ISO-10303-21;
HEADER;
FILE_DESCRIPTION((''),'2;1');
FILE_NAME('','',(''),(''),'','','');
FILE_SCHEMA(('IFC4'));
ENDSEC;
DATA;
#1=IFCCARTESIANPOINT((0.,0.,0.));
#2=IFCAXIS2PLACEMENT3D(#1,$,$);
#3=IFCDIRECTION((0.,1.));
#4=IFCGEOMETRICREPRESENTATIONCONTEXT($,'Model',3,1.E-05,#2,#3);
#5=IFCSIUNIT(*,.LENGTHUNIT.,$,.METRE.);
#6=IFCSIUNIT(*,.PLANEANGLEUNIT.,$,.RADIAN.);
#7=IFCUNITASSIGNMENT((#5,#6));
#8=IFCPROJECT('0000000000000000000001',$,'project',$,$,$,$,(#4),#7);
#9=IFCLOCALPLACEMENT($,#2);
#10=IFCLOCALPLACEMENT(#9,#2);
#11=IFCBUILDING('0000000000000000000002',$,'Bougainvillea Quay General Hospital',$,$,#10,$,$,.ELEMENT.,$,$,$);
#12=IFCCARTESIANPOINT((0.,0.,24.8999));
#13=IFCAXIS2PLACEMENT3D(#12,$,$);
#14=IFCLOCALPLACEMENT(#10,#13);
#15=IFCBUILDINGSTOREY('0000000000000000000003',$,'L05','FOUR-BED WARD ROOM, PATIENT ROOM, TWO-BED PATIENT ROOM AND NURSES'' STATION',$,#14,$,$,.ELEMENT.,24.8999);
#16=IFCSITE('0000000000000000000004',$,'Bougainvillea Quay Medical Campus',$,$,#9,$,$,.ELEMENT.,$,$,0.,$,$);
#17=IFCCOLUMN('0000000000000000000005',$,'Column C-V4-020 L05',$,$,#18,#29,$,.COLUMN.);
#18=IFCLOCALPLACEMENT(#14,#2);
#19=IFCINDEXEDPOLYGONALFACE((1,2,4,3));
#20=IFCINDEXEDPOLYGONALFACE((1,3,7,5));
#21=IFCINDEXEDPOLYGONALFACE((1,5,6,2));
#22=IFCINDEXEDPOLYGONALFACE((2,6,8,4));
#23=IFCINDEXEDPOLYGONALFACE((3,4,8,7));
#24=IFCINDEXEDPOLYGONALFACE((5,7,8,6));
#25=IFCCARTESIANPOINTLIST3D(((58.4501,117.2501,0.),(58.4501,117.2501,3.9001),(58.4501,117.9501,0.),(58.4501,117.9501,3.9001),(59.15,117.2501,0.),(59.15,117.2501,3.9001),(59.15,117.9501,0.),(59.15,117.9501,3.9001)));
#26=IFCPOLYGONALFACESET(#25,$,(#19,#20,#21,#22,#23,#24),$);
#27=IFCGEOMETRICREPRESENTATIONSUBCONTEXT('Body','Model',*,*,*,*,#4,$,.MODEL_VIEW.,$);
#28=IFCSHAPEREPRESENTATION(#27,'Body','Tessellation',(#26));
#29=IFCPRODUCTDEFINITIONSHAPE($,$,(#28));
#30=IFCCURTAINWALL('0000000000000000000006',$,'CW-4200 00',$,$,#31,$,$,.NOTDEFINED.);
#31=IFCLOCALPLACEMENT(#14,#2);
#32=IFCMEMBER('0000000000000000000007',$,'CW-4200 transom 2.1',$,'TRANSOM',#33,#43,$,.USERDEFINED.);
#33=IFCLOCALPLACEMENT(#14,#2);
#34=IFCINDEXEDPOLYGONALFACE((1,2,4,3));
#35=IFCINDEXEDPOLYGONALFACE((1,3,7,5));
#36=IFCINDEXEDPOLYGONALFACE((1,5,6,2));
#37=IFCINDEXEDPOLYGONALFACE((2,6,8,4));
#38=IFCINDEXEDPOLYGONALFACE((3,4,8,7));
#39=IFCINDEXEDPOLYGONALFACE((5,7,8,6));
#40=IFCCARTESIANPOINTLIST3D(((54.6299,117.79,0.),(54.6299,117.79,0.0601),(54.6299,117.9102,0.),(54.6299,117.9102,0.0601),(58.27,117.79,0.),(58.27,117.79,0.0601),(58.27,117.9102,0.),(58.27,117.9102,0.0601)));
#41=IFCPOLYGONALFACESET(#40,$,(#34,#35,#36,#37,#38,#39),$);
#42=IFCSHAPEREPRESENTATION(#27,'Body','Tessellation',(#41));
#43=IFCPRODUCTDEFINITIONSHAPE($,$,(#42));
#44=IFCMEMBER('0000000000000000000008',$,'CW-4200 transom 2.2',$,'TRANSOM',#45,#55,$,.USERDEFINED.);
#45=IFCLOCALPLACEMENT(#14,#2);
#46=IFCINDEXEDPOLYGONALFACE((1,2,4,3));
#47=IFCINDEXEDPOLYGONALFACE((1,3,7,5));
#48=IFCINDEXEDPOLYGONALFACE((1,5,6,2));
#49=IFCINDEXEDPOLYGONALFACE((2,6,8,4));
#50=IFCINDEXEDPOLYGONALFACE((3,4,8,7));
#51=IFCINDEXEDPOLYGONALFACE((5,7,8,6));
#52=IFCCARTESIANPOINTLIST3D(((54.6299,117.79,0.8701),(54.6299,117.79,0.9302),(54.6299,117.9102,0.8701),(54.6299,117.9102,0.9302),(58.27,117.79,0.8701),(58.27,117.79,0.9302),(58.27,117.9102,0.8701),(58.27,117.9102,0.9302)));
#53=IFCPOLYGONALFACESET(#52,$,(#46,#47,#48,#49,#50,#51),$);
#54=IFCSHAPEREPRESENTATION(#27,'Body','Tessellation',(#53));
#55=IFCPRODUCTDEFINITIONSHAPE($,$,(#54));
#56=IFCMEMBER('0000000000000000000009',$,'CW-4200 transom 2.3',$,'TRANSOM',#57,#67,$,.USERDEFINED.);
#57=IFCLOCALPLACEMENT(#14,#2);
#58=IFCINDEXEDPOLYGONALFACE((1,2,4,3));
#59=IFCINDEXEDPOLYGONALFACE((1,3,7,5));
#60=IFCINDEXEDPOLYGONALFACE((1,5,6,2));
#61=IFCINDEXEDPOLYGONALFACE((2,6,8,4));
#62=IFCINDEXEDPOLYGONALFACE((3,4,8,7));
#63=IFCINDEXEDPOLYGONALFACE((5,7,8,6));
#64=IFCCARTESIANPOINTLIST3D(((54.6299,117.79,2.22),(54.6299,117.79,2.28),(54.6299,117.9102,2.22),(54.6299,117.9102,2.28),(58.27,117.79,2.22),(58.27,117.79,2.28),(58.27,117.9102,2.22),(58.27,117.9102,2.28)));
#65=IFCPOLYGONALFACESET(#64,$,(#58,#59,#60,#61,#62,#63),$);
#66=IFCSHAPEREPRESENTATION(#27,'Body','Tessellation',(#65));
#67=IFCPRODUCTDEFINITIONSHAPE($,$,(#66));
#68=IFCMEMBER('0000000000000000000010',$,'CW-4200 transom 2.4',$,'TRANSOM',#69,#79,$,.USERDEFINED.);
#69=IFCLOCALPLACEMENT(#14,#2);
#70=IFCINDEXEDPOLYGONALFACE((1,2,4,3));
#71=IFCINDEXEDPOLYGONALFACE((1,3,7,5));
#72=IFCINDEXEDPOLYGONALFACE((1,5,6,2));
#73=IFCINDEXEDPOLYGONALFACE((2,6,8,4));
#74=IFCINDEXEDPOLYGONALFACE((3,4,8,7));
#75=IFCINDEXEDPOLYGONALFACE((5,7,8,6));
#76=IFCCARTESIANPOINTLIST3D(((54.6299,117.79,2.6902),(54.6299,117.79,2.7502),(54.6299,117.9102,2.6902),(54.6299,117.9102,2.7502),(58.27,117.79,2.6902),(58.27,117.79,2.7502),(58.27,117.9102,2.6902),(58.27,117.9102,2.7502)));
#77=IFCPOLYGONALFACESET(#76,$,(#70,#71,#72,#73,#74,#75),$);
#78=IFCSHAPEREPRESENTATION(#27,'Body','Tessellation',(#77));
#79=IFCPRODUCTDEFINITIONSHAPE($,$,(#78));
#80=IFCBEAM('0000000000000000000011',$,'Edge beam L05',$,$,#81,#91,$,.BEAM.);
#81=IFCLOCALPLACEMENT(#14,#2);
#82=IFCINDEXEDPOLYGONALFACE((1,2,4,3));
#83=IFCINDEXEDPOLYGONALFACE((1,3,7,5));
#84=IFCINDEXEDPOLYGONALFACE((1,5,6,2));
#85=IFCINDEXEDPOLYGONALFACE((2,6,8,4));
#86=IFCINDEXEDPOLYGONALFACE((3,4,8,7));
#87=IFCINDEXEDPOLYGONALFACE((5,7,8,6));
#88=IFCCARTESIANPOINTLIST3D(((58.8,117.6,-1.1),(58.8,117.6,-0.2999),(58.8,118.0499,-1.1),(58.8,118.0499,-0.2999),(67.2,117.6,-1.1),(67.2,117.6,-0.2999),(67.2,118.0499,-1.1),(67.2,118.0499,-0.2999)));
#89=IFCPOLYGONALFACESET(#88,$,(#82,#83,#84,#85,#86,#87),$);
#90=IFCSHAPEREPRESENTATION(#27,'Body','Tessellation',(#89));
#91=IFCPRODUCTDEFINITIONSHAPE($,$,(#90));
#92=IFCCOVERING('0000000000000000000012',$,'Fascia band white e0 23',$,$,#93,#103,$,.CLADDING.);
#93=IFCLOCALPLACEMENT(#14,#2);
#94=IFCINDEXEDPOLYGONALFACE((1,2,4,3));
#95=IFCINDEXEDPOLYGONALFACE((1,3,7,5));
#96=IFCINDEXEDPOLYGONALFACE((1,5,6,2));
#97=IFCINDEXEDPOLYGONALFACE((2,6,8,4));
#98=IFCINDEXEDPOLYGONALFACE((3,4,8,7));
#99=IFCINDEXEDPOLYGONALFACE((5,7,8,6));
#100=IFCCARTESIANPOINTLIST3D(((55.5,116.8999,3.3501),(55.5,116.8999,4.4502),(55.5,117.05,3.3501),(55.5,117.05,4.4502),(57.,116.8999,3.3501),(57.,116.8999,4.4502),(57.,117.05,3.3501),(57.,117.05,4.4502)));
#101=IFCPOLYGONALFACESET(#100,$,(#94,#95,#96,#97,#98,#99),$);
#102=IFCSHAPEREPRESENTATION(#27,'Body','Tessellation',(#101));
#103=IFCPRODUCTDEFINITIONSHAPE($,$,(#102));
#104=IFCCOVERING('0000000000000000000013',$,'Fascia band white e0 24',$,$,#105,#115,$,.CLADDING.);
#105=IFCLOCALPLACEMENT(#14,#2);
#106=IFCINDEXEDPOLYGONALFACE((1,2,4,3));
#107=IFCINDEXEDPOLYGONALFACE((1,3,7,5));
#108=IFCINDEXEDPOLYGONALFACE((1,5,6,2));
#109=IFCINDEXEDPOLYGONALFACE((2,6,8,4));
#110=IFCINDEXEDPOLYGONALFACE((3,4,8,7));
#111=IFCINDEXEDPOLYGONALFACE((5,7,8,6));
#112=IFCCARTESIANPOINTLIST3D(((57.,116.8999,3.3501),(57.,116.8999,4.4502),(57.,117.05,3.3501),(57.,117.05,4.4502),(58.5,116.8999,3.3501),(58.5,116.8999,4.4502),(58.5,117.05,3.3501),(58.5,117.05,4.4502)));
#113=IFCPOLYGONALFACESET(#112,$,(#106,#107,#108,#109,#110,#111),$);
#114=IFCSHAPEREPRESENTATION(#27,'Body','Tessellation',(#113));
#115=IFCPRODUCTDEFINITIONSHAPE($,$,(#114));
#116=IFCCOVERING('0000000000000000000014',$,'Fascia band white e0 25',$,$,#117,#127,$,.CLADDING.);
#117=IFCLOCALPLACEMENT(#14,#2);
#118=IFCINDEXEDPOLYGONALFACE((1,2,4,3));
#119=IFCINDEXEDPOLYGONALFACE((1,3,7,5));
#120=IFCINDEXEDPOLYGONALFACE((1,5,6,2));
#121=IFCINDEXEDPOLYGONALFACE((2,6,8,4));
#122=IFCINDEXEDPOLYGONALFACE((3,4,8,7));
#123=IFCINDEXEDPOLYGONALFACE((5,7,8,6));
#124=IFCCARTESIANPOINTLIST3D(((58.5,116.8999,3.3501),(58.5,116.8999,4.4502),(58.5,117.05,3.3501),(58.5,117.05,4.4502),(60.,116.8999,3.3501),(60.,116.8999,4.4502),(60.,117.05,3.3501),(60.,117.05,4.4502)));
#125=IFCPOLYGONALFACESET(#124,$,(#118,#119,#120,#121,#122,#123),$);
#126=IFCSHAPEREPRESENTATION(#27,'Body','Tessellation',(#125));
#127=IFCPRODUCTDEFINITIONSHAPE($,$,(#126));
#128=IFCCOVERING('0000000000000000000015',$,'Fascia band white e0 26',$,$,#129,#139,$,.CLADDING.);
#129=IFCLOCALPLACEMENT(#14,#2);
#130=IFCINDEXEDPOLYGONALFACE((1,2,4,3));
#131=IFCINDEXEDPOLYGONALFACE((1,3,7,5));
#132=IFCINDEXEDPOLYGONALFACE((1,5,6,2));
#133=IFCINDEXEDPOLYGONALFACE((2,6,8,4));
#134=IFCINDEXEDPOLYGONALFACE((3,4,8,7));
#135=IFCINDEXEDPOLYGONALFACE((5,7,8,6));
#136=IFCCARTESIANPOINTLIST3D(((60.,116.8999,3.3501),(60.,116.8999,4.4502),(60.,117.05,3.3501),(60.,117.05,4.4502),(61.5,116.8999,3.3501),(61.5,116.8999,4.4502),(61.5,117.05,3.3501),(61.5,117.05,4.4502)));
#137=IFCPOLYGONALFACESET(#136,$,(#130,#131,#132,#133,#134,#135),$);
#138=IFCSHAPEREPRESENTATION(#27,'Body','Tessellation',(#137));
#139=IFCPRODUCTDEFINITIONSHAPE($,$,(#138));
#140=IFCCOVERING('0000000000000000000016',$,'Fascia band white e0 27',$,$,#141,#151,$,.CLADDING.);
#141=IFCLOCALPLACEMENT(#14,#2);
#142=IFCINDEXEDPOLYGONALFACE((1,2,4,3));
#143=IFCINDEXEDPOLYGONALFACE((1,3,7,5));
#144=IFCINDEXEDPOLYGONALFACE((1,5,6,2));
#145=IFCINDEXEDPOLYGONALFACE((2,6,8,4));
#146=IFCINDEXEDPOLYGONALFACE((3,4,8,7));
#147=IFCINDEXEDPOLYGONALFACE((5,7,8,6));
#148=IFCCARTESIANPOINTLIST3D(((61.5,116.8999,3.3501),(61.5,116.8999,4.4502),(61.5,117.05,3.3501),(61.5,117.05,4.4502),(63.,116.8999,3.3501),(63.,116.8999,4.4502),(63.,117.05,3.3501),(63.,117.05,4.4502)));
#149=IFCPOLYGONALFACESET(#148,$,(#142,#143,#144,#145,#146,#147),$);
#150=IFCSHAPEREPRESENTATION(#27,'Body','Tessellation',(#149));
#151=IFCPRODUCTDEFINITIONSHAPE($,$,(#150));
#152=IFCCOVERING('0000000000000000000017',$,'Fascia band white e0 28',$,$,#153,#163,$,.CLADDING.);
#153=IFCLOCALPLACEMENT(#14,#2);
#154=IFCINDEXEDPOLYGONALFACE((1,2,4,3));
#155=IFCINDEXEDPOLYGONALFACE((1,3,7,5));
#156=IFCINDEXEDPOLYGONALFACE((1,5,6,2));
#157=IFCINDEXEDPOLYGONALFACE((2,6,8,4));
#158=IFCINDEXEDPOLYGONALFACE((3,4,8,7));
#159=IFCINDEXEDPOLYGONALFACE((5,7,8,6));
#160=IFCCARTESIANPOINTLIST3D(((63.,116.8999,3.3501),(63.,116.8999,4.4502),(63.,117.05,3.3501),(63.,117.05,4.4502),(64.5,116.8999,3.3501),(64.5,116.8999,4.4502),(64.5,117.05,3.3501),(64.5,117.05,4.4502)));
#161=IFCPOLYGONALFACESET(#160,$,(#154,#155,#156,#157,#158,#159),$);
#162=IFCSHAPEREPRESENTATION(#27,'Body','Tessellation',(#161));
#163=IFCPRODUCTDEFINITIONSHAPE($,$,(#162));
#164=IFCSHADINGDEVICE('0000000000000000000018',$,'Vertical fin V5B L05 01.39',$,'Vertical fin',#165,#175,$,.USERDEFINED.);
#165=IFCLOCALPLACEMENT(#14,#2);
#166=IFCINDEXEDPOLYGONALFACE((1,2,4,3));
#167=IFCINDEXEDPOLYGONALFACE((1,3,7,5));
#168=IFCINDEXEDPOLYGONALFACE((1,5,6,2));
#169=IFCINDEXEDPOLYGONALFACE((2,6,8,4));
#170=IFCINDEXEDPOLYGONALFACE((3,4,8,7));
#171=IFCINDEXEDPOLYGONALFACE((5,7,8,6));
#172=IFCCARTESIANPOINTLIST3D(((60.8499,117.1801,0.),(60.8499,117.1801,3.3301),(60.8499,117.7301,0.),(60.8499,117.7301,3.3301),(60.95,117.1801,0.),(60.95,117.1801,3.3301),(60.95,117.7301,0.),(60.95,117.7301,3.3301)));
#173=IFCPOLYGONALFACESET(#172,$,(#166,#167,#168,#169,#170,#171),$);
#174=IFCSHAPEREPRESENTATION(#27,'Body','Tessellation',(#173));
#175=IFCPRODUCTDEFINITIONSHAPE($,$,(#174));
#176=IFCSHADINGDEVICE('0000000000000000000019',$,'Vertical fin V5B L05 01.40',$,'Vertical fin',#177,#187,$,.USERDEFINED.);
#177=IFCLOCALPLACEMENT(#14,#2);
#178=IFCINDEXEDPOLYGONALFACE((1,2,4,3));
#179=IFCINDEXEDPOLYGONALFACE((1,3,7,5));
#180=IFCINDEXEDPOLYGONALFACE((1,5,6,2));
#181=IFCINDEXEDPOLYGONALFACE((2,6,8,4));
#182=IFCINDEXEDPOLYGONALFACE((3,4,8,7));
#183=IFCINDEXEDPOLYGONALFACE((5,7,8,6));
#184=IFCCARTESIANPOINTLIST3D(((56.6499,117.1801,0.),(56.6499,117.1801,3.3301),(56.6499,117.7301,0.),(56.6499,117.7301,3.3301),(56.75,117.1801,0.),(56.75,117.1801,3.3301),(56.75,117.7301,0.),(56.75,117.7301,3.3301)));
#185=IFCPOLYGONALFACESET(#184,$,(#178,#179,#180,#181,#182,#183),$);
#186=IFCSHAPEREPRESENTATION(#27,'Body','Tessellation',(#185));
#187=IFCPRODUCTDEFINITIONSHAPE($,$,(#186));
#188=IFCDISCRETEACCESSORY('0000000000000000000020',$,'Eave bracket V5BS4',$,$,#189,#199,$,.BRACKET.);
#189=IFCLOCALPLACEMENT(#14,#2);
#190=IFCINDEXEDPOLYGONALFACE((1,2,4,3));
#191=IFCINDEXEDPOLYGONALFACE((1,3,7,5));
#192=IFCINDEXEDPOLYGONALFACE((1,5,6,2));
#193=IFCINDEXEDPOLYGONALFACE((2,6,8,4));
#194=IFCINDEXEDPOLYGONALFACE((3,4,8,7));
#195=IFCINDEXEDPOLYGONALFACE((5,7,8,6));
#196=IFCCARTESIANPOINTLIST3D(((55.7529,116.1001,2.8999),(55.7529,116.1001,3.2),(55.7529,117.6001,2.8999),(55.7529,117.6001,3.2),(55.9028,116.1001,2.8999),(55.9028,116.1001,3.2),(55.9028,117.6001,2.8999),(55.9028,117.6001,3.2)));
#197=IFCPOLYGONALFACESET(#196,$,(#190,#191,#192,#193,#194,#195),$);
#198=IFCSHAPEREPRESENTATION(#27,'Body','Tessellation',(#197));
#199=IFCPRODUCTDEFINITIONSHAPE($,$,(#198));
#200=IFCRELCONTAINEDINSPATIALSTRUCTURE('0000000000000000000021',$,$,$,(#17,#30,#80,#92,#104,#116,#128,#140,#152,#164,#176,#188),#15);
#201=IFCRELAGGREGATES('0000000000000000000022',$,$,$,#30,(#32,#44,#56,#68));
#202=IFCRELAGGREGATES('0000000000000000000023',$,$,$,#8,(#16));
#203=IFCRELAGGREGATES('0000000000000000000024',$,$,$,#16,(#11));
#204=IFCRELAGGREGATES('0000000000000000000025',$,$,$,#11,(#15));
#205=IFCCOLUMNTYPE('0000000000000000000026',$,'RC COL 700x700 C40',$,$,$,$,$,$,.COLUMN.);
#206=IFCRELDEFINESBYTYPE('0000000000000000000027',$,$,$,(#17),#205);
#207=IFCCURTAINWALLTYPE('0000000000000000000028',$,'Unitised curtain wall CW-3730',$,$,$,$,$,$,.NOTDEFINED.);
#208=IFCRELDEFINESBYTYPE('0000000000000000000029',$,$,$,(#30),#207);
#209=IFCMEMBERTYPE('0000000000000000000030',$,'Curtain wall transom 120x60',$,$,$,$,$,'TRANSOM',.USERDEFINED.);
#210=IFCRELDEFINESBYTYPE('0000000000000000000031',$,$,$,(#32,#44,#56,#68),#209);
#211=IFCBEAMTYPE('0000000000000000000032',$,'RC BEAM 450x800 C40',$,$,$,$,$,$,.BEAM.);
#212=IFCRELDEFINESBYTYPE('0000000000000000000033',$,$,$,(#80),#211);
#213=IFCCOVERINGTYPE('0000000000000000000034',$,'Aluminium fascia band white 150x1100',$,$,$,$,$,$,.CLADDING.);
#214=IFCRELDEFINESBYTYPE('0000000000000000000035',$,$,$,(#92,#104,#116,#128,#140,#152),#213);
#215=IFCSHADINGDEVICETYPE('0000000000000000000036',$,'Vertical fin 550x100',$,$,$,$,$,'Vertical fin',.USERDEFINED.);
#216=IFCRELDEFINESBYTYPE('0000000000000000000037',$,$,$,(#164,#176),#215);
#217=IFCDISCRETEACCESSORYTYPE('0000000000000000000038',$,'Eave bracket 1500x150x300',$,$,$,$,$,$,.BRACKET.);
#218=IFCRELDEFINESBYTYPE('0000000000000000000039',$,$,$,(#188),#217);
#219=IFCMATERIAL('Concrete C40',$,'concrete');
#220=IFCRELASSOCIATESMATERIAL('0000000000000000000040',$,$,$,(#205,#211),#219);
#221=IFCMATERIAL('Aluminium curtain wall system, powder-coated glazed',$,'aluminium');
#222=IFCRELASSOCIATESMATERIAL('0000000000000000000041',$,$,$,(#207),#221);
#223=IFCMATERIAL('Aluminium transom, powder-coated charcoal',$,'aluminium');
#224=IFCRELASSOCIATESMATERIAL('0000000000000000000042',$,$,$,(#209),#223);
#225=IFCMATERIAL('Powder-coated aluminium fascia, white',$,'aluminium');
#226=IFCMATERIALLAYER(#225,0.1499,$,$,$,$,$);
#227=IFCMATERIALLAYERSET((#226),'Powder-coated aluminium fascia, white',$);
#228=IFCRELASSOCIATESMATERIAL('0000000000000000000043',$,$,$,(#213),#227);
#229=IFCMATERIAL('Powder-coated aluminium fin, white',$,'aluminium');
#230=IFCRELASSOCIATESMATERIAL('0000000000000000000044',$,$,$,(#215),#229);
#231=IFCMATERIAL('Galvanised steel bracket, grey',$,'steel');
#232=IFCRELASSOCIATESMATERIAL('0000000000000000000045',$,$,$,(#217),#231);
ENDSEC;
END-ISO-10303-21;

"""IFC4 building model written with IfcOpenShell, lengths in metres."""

from ifc_helpers import new_model, si_unit, direction, frame, origin, origin_2d, place, context, subcontext, project, spatial, polyline, rectangle, outline, extrude, material, layer, layer_set, material_profile, profile_set, type_object, element, aggregate, save


model = new_model("IFC4")

# Units and contexts
model_context = context("Model", 3, precision=1e-05, world=origin(), true_north=direction((0.0, 1.0)))
body_context = subcontext(model_context, "Body", "Model", "MODEL_VIEW")
ifc_project = project(units=[si_unit("LENGTHUNIT", "METRE"), si_unit("PLANEANGLEUNIT", "RADIAN")], contexts=[model_context])

# Site, building, storey
site_placement = place(None, origin())
site = spatial("IfcSite", under=ifc_project, at=site_placement, Name="Bougainvillea Quay Medical Campus", CompositionType="ELEMENT", RefElevation=0.0)
building_placement = place(site_placement, origin())
building = spatial("IfcBuilding", under=site, at=building_placement, Name="Bougainvillea Quay General Hospital", CompositionType="ELEMENT")
storey_placement = place(building_placement, frame((0.0, 0.0, 24.8999)))
storey = spatial("IfcBuildingStorey", under=building, at=storey_placement, Name="L05", Description="FOUR-BED WARD ROOM, PATIENT ROOM, TWO-BED PATIENT ROOM AND NURSES' STATION", CompositionType="ELEMENT", Elevation=24.8999)

# Column
ifc_material_1 = material(Name="Concrete C40", Category="concrete")
ifc_material_profile_1 = material_profile(ifc_material_1, rectangle(XDim=0.7, YDim=0.7, at=origin_2d()))
ifc_profile_set_1 = profile_set([ifc_material_profile_1], Name="Concrete C40")
column_type = type_object("IfcColumnType", Name="RC COL 700x700 C40", PredefinedType="COLUMN", material=ifc_profile_set_1)
column_placement = place(storey_placement, frame((58.8, 117.6001, 0.0), z_axis=(0.0, 0.0, 1.0), x_axis=(1.0, 0.0, 0.0)))
element("IfcColumn", 1, at=column_placement, inside=storey, type_object=column_type, Name="Column C-V4-020 L05", PredefinedType="COLUMN", context=body_context, shape_type="SweptSolid", body=[
    extrude(rectangle(XDim=0.7, YDim=0.7, at=origin_2d()), origin(), (0.0, 0.0, 1.0), 3.9001),
])

# Curtain wall, members
ifc_material_2 = material(Name="Aluminium curtain wall system, powder-coated glazed", Category="aluminium")
curtain_wall_type = type_object("IfcCurtainWallType", Name="Unitised curtain wall CW-3730", PredefinedType="NOTDEFINED", material=ifc_material_2)
curtain_wall_placement = place(storey_placement, origin())
curtain_wall = element("IfcCurtainWall", 2, at=curtain_wall_placement, inside=storey, type_object=curtain_wall_type, Name="CW-4200 00", PredefinedType="NOTDEFINED")
ifc_material_3 = material(Name="Aluminium transom, powder-coated charcoal", Category="aluminium")
ifc_material_profile_2 = material_profile(ifc_material_3, rectangle(XDim=0.1201, YDim=0.0601, at=origin_2d()))
ifc_profile_set_2 = profile_set([ifc_material_profile_2], Name="Aluminium transom, powder-coated charcoal")
member_type = type_object("IfcMemberType", Name="Curtain wall transom 120x60", ElementType="TRANSOM", PredefinedType="USERDEFINED", material=ifc_profile_set_2)
member_1_placement = place(storey_placement, frame((54.6299, 117.8501, 0.03), z_axis=(1.0, 0.0, 0.0), x_axis=(0.0, 1.0, 0.0)))
member_1 = element("IfcMember", 3, at=member_1_placement, type_object=member_type, Name="CW-4200 transom 2.1", ObjectType="TRANSOM", PredefinedType="USERDEFINED", context=body_context, shape_type="SweptSolid", body=[
    extrude(rectangle(XDim=0.1201, YDim=0.0601, at=origin_2d()), origin(), (0.0, 0.0, 1.0), 3.6401),
])
member_2_placement = place(storey_placement, frame((54.6299, 117.8501, 0.9001), z_axis=(1.0, 0.0, 0.0), x_axis=(0.0, 1.0, 0.0)))
member_2 = element("IfcMember", 4, at=member_2_placement, type_object=member_type, Name="CW-4200 transom 2.2", ObjectType="TRANSOM", PredefinedType="USERDEFINED", context=body_context, shape_type="SweptSolid", body=[
    extrude(rectangle(XDim=0.1201, YDim=0.0601, at=origin_2d()), origin(), (0.0, 0.0, 1.0), 3.6401),
])
member_3_placement = place(storey_placement, frame((54.6299, 117.8501, 2.25), z_axis=(1.0, 0.0, 0.0), x_axis=(0.0, 1.0, 0.0)))
member_3 = element("IfcMember", 5, at=member_3_placement, type_object=member_type, Name="CW-4200 transom 2.3", ObjectType="TRANSOM", PredefinedType="USERDEFINED", context=body_context, shape_type="SweptSolid", body=[
    extrude(rectangle(XDim=0.1201, YDim=0.0601, at=origin_2d()), origin(), (0.0, 0.0, 1.0), 3.6401),
])
member_4_placement = place(storey_placement, frame((54.6299, 117.8501, 2.7202), z_axis=(1.0, 0.0, 0.0), x_axis=(0.0, 1.0, 0.0)))
member_4 = element("IfcMember", 6, at=member_4_placement, type_object=member_type, Name="CW-4200 transom 2.4", ObjectType="TRANSOM", PredefinedType="USERDEFINED", context=body_context, shape_type="SweptSolid", body=[
    extrude(rectangle(XDim=0.1201, YDim=0.0601, at=origin_2d()), origin(), (0.0, 0.0, 1.0), 3.6401),
])
aggregate(curtain_wall, [member_1, member_2, member_3, member_4])

# Beam
ifc_material_profile_3 = material_profile(ifc_material_1, rectangle(XDim=0.45, YDim=0.8, at=origin_2d()))
ifc_profile_set_3 = profile_set([ifc_material_profile_3], Name="Concrete C40")
beam_type = type_object("IfcBeamType", Name="RC BEAM 450x800 C40", PredefinedType="BEAM", material=ifc_profile_set_3)
beam_placement = place(storey_placement, frame((58.8, 117.825, -0.7), z_axis=(1.0, 0.0, 0.0), x_axis=(0.0, 1.0, 0.0)))
element("IfcBeam", 7, at=beam_placement, inside=storey, type_object=beam_type, Name="Edge beam L05", PredefinedType="BEAM", context=body_context, shape_type="SweptSolid", body=[
    extrude(rectangle(XDim=0.45, YDim=0.8, at=origin_2d()), origin(), (0.0, 0.0, 1.0), 8.3999),
])

# Coverings
ifc_material_4 = material(Name="Powder-coated aluminium fascia, white", Category="aluminium")
ifc_layer = layer(ifc_material_4, 0.1499)
ifc_layer_set = layer_set([ifc_layer], Name="Powder-coated aluminium fascia, white")
covering_type = type_object("IfcCoveringType", Name="Aluminium fascia band white 150x1100", PredefinedType="CLADDING", material=ifc_layer_set)
for number, where, z_axis, x_axis, name in (
    (8, (55.5, 117.05, 3.3501), (0.0, 0.0, 1.0), (1.0, 0.0, 0.0), "Fascia band white e0 23"),
    (9, (57.0, 117.05, 3.3501), (0.0, 0.0, 1.0), (1.0, 0.0, 0.0), "Fascia band white e0 24"),
    (10, (58.5, 117.05, 3.3501), (0.0, 0.0, 1.0), (1.0, 0.0, 0.0), "Fascia band white e0 25"),
    (11, (60.0, 117.05, 3.3501), (0.0, 0.0, 1.0), (1.0, 0.0, 0.0), "Fascia band white e0 26"),
    (12, (61.5, 117.05, 3.3501), (0.0, 0.0, 1.0), (1.0, 0.0, 0.0), "Fascia band white e0 27"),
    (13, (63.0, 117.05, 3.3501), (0.0, 0.0, 1.0), (1.0, 0.0, 0.0), "Fascia band white e0 28"),
):
    element("IfcCovering", number, at=place(storey_placement, frame(where, z_axis=z_axis, x_axis=x_axis)), inside=storey, type_object=covering_type, Name=name, PredefinedType="CLADDING", context=body_context, shape_type="SweptSolid", body=[
        extrude(outline(polyline([(0.0, 0.0), (1.5, 0.0), (1.5, -0.1501), (0.0, -0.1501), (0.0, 0.0)])), origin(), (0.0, 0.0, 1.0), 1.1001),
    ])

# Shading devices
ifc_material_5 = material(Name="Powder-coated aluminium fin, white", Category="aluminium")
ifc_material_profile_4 = material_profile(ifc_material_5, rectangle(XDim=0.55, YDim=0.1001, at=origin_2d()))
ifc_profile_set_4 = profile_set([ifc_material_profile_4], Name="Powder-coated aluminium fin, white")
shading_device_type = type_object("IfcShadingDeviceType", Name="Vertical fin 550x100", ElementType="Vertical fin", PredefinedType="USERDEFINED", material=ifc_profile_set_4)
for number, where, z_axis, x_axis, name in (
    (14, (60.8999, 117.4551, 0.0), (0.0, 0.0, 1.0), (0.0, -1.0, 0.0), "Vertical fin V5B L05 01.39"),
    (15, (56.7, 117.4551, 0.0), (0.0, 0.0, 1.0), (0.0, -1.0, 0.0), "Vertical fin V5B L05 01.40"),
):
    element("IfcShadingDevice", number, at=place(storey_placement, frame(where, z_axis=z_axis, x_axis=x_axis)), inside=storey, type_object=shading_device_type, Name=name, ObjectType="Vertical fin", PredefinedType="USERDEFINED", context=body_context, shape_type="SweptSolid", body=[
        extrude(rectangle(XDim=0.55, YDim=0.1001, at=origin_2d()), origin(), (0.0, 0.0, 1.0), 3.3301),
    ])

# Discrete accessory
ifc_material_6 = material(Name="Galvanised steel bracket, grey", Category="steel")
discrete_accessory_type_1 = type_object("IfcDiscreteAccessoryType", Name="Eave bracket 1500x150x300", PredefinedType="BRACKET", material=ifc_material_6)
for number, where, z_axis, x_axis, name in (
    (16, (55.8279, 116.8501, 2.8999), (0.0, 0.0, 1.0), (1.0, 0.0, 0.0), "Eave bracket V5BS4"),
):
    element("IfcDiscreteAccessory", number, at=place(storey_placement, frame(where, z_axis=z_axis, x_axis=x_axis)), inside=storey, type_object=discrete_accessory_type_1, Name=name, PredefinedType="BRACKET", context=body_context, shape_type="SweptSolid", body=[
        extrude(rectangle(XDim=0.1499, YDim=1.5, at=origin_2d()), origin(), (0.0, 0.0, 1.0), 0.3),
    ])

save(model, "model.ifc")
